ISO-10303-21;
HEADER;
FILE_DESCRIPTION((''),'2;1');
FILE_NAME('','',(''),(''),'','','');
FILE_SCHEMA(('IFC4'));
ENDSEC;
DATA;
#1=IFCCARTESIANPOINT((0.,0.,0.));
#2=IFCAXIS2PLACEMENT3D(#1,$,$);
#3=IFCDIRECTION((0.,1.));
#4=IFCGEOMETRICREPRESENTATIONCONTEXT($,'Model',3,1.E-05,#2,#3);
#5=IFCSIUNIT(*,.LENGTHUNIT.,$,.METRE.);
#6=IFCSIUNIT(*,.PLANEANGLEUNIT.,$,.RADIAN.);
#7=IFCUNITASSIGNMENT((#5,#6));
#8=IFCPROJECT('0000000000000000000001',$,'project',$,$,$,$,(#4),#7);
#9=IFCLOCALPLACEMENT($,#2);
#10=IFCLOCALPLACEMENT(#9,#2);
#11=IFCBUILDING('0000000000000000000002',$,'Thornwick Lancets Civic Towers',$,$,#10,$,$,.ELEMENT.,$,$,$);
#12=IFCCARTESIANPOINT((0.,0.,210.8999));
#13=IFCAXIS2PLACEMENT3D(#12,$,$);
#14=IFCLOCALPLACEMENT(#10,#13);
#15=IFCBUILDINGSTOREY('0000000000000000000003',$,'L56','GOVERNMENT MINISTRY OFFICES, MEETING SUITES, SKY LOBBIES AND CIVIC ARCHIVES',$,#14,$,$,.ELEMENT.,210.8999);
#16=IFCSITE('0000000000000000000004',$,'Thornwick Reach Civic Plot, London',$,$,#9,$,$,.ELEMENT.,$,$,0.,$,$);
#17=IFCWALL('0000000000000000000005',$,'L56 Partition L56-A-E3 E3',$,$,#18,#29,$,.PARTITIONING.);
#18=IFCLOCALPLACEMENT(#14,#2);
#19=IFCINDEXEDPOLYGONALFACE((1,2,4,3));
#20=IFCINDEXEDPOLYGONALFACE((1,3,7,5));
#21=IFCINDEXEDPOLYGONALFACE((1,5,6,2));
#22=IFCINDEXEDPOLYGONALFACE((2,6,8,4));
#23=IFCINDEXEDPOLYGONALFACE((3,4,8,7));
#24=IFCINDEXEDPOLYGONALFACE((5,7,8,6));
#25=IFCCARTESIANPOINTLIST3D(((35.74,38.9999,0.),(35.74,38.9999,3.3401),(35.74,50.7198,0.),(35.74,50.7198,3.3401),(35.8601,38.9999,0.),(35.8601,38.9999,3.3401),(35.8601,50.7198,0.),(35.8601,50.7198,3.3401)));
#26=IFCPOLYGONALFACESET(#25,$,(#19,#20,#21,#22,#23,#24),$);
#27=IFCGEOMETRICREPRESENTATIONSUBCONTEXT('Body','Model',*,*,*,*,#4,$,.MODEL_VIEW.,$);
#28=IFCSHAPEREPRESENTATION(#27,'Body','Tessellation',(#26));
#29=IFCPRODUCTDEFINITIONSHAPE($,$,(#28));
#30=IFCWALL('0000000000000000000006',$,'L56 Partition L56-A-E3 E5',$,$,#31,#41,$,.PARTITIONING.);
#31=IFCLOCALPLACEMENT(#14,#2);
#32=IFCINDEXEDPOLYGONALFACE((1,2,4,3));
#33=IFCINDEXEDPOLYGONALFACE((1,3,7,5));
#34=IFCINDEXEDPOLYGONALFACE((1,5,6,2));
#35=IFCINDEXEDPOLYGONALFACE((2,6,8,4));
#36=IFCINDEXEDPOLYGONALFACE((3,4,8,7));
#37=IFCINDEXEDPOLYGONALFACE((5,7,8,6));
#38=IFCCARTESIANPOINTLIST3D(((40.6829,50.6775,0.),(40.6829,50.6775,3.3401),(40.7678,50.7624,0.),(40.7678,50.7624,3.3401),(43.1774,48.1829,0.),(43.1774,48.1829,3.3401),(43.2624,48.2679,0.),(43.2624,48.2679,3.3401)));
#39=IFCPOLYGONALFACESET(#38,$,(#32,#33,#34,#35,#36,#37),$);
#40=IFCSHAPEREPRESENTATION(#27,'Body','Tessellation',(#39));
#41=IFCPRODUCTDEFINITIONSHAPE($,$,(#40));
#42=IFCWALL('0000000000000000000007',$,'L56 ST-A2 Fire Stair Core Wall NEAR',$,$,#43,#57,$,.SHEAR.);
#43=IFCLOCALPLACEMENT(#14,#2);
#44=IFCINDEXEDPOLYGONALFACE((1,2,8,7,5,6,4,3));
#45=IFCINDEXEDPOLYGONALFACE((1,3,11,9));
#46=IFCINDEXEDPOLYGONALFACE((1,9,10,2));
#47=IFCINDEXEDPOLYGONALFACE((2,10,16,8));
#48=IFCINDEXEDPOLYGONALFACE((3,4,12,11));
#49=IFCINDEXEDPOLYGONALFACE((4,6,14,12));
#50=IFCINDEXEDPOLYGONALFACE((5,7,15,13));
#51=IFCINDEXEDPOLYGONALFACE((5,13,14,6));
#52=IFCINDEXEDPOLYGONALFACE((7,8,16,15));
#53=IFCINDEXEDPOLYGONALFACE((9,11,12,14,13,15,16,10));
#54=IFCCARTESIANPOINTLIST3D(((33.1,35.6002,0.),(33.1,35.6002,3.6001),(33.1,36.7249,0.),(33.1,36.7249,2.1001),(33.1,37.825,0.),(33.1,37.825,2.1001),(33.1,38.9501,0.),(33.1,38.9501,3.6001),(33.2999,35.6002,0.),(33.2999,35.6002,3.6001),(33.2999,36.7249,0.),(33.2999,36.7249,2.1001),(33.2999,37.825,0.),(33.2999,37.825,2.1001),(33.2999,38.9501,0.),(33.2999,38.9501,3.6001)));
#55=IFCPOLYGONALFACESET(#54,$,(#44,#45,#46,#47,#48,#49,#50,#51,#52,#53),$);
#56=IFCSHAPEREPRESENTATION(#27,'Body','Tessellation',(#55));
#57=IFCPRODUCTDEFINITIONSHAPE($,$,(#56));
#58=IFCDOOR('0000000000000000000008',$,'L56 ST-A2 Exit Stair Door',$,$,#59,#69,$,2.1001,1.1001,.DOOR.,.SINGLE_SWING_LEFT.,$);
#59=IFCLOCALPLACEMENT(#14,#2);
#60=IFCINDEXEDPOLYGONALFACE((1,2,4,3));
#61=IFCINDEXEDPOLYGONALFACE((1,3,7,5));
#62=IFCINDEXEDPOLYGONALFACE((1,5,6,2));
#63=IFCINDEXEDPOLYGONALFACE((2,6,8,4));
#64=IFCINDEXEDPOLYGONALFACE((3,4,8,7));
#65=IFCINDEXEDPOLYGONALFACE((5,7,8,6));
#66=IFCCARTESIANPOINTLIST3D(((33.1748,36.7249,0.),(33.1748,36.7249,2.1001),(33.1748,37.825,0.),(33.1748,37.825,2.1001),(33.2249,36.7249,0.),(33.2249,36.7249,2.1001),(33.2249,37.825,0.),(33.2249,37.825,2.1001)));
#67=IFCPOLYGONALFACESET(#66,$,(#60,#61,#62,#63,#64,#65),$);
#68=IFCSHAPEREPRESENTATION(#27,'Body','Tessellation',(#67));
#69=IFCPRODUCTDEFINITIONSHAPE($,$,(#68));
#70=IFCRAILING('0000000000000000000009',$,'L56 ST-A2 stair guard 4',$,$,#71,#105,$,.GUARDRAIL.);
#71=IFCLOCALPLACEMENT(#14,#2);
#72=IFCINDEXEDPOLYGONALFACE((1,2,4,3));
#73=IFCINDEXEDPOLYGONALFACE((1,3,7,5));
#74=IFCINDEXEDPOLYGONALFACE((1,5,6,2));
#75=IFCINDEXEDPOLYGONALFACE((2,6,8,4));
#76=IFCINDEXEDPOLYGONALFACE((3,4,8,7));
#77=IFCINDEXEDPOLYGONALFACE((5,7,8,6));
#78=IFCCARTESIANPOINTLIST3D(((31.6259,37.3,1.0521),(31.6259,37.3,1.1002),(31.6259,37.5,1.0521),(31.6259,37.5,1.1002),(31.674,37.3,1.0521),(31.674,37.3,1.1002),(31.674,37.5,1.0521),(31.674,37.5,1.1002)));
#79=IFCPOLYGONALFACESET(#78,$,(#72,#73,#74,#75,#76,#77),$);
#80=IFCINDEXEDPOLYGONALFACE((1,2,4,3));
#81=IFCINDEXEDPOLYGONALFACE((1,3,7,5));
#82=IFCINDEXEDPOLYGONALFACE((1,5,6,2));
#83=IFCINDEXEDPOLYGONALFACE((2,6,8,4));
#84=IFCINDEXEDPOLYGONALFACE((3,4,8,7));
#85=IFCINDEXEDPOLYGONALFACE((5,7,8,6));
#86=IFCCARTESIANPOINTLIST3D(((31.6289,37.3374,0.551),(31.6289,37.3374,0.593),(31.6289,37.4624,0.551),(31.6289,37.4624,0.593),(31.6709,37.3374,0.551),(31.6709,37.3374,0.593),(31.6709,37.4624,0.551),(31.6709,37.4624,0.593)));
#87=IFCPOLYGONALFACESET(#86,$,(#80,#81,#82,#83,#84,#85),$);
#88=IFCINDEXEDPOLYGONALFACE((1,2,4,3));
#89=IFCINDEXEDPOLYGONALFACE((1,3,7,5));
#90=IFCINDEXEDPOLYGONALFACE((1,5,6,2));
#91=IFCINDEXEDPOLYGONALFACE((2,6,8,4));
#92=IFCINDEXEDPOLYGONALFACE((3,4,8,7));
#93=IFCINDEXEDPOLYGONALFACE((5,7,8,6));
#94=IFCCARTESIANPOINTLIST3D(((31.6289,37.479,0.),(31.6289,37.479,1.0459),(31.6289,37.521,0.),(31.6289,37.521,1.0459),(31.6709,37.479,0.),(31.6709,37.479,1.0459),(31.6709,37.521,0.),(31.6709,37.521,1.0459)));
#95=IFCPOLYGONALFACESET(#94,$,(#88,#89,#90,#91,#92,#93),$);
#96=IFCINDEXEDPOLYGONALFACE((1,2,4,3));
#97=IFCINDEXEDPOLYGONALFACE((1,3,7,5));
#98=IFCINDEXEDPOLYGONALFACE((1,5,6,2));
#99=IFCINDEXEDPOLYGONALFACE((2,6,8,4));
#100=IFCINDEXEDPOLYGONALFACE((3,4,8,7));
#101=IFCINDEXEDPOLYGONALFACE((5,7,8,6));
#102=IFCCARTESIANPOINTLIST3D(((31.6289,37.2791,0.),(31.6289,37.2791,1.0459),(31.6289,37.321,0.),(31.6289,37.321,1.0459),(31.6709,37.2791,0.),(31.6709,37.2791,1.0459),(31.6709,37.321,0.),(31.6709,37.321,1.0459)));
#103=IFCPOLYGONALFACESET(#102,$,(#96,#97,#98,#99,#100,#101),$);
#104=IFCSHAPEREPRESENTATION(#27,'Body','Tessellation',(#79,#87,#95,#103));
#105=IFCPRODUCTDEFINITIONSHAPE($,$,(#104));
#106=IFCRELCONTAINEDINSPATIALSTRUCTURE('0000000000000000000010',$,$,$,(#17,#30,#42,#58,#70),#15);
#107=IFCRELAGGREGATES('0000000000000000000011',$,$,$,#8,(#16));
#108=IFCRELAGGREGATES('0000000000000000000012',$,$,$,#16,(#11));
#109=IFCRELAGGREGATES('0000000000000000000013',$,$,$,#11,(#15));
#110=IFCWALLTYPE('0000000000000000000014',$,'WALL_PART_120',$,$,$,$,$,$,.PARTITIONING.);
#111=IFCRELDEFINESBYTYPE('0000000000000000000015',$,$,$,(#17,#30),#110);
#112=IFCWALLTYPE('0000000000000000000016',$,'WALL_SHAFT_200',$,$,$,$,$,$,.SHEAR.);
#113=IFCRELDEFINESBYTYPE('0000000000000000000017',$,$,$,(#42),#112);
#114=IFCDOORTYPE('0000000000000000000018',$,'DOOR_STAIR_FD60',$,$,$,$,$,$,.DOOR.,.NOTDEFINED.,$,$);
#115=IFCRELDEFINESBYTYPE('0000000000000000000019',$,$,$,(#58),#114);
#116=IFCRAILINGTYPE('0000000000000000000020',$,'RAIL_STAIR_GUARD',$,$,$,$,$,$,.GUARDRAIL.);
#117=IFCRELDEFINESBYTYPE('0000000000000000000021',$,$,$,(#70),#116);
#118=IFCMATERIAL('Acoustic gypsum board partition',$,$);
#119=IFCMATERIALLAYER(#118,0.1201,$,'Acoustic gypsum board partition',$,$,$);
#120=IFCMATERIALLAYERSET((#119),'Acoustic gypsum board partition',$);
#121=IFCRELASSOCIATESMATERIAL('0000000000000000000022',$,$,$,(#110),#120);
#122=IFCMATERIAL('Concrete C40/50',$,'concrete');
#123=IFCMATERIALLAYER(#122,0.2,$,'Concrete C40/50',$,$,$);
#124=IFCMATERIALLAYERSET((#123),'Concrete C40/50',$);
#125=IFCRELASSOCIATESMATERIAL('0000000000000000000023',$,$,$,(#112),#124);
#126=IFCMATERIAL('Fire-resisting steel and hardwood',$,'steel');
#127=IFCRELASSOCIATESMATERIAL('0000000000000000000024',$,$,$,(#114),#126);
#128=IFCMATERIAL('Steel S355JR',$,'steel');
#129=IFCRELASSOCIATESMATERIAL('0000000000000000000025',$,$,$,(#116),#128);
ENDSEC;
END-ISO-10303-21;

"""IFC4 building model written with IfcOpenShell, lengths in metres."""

from ifc_helpers import new_model, si_unit, direction, frame, frame_2d, origin, origin_2d, place, context, subcontext, project, spatial, rectangle, extrude, material, layer, layer_set, type_object, element, fill, save


model = new_model("IFC4")

# Units and contexts
model_context = context("Model", 3, precision=1e-05, world=origin(), true_north=direction((0.0, 1.0)))
body_context = subcontext(model_context, "Body", "Model", "MODEL_VIEW")
ifc_project = project(units=[si_unit("LENGTHUNIT", "METRE"), si_unit("PLANEANGLEUNIT", "RADIAN")], contexts=[model_context])

# Site, building, storey
site_placement = place(None, origin())
site = spatial("IfcSite", under=ifc_project, at=site_placement, Name="Thornwick Reach Civic Plot, London", CompositionType="ELEMENT", RefElevation=0.0)
building_placement = place(site_placement, origin())
building = spatial("IfcBuilding", under=site, at=building_placement, Name="Thornwick Lancets Civic Towers", CompositionType="ELEMENT")
storey_placement = place(building_placement, frame((0.0, 0.0, 210.8999)))
storey = spatial("IfcBuildingStorey", under=building, at=storey_placement, Name="L56", Description="GOVERNMENT MINISTRY OFFICES, MEETING SUITES, SKY LOBBIES AND CIVIC ARCHIVES", CompositionType="ELEMENT", Elevation=210.8999)

# Shared definitions
ifc_material_1 = material(Name="Steel S355JR", Category="steel")

# Walls
ifc_material_2 = material(Name="Acoustic gypsum board partition")
ifc_layer_1 = layer(ifc_material_2, 0.1201, Name="Acoustic gypsum board partition")
ifc_layer_set_1 = layer_set([ifc_layer_1], Name="Acoustic gypsum board partition")
wall_type_1 = type_object("IfcWallType", Name="WALL_PART_120", PredefinedType="PARTITIONING", material=ifc_layer_set_1)
wall_1_placement = place(storey_placement, frame((35.8, 39.0, 0.0), z_axis=(0.0, 0.0, 1.0), x_axis=(0.0, 1.0, 0.0)))
element("IfcWall", 1, at=wall_1_placement, inside=storey, type_object=wall_type_1, Name="L56 Partition L56-A-E3 E3", PredefinedType="PARTITIONING", context=body_context, shape_type="SweptSolid", body=[
    extrude(rectangle(XDim=11.72, YDim=0.1201, at=frame_2d((5.8599, 0.0))), origin(), (0.0, 0.0, 1.0), 3.3401),
])
wall_2_placement = place(storey_placement, frame((40.7253, 50.72, 0.0), z_axis=(0.0, 0.0, 1.0), x_axis=(0.707107, -0.707107, 0.0)))
element("IfcWall", 2, at=wall_2_placement, inside=storey, type_object=wall_type_1, Name="L56 Partition L56-A-E3 E5", PredefinedType="PARTITIONING", context=body_context, shape_type="SweptSolid", body=[
    extrude(rectangle(XDim=3.5278, YDim=0.1201, at=frame_2d((1.7639, 0.0))), origin(), (0.0, 0.0, 1.0), 3.3401),
])

# Wall, opening, door
ifc_material_3 = material(Name="Concrete C40/50", Category="concrete")
ifc_layer_2 = layer(ifc_material_3, 0.2, Name="Concrete C40/50")
ifc_layer_set_2 = layer_set([ifc_layer_2], Name="Concrete C40/50")
wall_type_2 = type_object("IfcWallType", Name="WALL_SHAFT_200", PredefinedType="SHEAR", material=ifc_layer_set_2)
wall_3_placement = place(storey_placement, frame((33.2, 38.95, 0.0), z_axis=(0.0, 0.0, 1.0), x_axis=(0.0, -1.0, 0.0)))
wall_3 = element("IfcWall", 3, at=wall_3_placement, inside=storey, type_object=wall_type_2, Name="L56 ST-A2 Fire Stair Core Wall NEAR", PredefinedType="SHEAR", context=body_context, shape_type="SweptSolid", body=[
    extrude(rectangle(XDim=3.3499, YDim=0.2, at=frame_2d((1.6748, 0.0))), origin(), (0.0, 0.0, 1.0), 3.6001),
])
opening_1_placement = place(wall_3_placement, frame((1.125, 0.0, 0.0)))
opening_1 = element("IfcOpeningElement", 4, at=opening_1_placement, cuts=wall_3, PredefinedType="OPENING", context=body_context, shape_type="SweptSolid", body=[
    extrude(rectangle(XDim=1.1001, YDim=2.1001, at=frame_2d((0.55, 1.05))), frame((0.0, 0.1099, 0.0), z_axis=(0.0, -1.0, 0.0), x_axis=(1.0, 0.0, 0.0)), (0.0, 0.0, 1.0), 0.22),
])
ifc_material_4 = material(Name="Fire-resisting steel and hardwood", Category="steel")
door_type = type_object("IfcDoorType", Name="DOOR_STAIR_FD60", OperationType="NOTDEFINED", PredefinedType="DOOR", material=ifc_material_4)
door_placement = place(opening_1_placement, origin())
door = element("IfcDoor", 5, at=door_placement, inside=storey, type_object=door_type, Name="L56 ST-A2 Exit Stair Door", OperationType="SINGLE_SWING_LEFT", OverallHeight=2.1001, OverallWidth=1.1001, PredefinedType="DOOR", context=body_context, shape_type="SweptSolid", body=[
    extrude(rectangle(XDim=1.1001, YDim=2.1001, at=frame_2d((0.55, 1.05))), frame((0.0, 0.0249, 0.0), z_axis=(0.0, -1.0, 0.0), x_axis=(1.0, 0.0, 0.0)), (0.0, 0.0, 1.0), 0.05),
])
fill(opening_1, door)

# Railing
railing_type = type_object("IfcRailingType", Name="RAIL_STAIR_GUARD", PredefinedType="GUARDRAIL", material=ifc_material_1)
railing_placement = place(storey_placement, frame((31.6499, 37.5, 0.0)))
element("IfcRailing", 6, at=railing_placement, inside=storey, type_object=railing_type, Name="L56 ST-A2 stair guard 4", PredefinedType="GUARDRAIL", context=body_context, shape_type="SweptSolid", body=[
    extrude(rectangle(XDim=0.0481, YDim=0.0481, at=origin_2d()), frame((0.0, 0.0, 1.0762), z_axis=(0.0, -1.0, 0.0), x_axis=(1.0, 0.0, 0.0)), (0.0, 0.0, 1.0), 0.2),
    extrude(rectangle(XDim=0.042, YDim=0.042, at=origin_2d()), frame((0.0, -0.0376, 0.572), z_axis=(0.0, -1.0, 0.0), x_axis=(1.0, 0.0, 0.0)), (0.0, 0.0, 1.0), 0.125),
    extrude(rectangle(XDim=0.042, YDim=0.042, at=origin_2d()), origin(), (0.0, 0.0, 1.0), 1.0459),
    extrude(rectangle(XDim=0.042, YDim=0.042, at=origin_2d()), frame((0.0, -0.2, 0.0)), (0.0, 0.0, 1.0), 1.0459),
])

save(model, "model.ifc")
